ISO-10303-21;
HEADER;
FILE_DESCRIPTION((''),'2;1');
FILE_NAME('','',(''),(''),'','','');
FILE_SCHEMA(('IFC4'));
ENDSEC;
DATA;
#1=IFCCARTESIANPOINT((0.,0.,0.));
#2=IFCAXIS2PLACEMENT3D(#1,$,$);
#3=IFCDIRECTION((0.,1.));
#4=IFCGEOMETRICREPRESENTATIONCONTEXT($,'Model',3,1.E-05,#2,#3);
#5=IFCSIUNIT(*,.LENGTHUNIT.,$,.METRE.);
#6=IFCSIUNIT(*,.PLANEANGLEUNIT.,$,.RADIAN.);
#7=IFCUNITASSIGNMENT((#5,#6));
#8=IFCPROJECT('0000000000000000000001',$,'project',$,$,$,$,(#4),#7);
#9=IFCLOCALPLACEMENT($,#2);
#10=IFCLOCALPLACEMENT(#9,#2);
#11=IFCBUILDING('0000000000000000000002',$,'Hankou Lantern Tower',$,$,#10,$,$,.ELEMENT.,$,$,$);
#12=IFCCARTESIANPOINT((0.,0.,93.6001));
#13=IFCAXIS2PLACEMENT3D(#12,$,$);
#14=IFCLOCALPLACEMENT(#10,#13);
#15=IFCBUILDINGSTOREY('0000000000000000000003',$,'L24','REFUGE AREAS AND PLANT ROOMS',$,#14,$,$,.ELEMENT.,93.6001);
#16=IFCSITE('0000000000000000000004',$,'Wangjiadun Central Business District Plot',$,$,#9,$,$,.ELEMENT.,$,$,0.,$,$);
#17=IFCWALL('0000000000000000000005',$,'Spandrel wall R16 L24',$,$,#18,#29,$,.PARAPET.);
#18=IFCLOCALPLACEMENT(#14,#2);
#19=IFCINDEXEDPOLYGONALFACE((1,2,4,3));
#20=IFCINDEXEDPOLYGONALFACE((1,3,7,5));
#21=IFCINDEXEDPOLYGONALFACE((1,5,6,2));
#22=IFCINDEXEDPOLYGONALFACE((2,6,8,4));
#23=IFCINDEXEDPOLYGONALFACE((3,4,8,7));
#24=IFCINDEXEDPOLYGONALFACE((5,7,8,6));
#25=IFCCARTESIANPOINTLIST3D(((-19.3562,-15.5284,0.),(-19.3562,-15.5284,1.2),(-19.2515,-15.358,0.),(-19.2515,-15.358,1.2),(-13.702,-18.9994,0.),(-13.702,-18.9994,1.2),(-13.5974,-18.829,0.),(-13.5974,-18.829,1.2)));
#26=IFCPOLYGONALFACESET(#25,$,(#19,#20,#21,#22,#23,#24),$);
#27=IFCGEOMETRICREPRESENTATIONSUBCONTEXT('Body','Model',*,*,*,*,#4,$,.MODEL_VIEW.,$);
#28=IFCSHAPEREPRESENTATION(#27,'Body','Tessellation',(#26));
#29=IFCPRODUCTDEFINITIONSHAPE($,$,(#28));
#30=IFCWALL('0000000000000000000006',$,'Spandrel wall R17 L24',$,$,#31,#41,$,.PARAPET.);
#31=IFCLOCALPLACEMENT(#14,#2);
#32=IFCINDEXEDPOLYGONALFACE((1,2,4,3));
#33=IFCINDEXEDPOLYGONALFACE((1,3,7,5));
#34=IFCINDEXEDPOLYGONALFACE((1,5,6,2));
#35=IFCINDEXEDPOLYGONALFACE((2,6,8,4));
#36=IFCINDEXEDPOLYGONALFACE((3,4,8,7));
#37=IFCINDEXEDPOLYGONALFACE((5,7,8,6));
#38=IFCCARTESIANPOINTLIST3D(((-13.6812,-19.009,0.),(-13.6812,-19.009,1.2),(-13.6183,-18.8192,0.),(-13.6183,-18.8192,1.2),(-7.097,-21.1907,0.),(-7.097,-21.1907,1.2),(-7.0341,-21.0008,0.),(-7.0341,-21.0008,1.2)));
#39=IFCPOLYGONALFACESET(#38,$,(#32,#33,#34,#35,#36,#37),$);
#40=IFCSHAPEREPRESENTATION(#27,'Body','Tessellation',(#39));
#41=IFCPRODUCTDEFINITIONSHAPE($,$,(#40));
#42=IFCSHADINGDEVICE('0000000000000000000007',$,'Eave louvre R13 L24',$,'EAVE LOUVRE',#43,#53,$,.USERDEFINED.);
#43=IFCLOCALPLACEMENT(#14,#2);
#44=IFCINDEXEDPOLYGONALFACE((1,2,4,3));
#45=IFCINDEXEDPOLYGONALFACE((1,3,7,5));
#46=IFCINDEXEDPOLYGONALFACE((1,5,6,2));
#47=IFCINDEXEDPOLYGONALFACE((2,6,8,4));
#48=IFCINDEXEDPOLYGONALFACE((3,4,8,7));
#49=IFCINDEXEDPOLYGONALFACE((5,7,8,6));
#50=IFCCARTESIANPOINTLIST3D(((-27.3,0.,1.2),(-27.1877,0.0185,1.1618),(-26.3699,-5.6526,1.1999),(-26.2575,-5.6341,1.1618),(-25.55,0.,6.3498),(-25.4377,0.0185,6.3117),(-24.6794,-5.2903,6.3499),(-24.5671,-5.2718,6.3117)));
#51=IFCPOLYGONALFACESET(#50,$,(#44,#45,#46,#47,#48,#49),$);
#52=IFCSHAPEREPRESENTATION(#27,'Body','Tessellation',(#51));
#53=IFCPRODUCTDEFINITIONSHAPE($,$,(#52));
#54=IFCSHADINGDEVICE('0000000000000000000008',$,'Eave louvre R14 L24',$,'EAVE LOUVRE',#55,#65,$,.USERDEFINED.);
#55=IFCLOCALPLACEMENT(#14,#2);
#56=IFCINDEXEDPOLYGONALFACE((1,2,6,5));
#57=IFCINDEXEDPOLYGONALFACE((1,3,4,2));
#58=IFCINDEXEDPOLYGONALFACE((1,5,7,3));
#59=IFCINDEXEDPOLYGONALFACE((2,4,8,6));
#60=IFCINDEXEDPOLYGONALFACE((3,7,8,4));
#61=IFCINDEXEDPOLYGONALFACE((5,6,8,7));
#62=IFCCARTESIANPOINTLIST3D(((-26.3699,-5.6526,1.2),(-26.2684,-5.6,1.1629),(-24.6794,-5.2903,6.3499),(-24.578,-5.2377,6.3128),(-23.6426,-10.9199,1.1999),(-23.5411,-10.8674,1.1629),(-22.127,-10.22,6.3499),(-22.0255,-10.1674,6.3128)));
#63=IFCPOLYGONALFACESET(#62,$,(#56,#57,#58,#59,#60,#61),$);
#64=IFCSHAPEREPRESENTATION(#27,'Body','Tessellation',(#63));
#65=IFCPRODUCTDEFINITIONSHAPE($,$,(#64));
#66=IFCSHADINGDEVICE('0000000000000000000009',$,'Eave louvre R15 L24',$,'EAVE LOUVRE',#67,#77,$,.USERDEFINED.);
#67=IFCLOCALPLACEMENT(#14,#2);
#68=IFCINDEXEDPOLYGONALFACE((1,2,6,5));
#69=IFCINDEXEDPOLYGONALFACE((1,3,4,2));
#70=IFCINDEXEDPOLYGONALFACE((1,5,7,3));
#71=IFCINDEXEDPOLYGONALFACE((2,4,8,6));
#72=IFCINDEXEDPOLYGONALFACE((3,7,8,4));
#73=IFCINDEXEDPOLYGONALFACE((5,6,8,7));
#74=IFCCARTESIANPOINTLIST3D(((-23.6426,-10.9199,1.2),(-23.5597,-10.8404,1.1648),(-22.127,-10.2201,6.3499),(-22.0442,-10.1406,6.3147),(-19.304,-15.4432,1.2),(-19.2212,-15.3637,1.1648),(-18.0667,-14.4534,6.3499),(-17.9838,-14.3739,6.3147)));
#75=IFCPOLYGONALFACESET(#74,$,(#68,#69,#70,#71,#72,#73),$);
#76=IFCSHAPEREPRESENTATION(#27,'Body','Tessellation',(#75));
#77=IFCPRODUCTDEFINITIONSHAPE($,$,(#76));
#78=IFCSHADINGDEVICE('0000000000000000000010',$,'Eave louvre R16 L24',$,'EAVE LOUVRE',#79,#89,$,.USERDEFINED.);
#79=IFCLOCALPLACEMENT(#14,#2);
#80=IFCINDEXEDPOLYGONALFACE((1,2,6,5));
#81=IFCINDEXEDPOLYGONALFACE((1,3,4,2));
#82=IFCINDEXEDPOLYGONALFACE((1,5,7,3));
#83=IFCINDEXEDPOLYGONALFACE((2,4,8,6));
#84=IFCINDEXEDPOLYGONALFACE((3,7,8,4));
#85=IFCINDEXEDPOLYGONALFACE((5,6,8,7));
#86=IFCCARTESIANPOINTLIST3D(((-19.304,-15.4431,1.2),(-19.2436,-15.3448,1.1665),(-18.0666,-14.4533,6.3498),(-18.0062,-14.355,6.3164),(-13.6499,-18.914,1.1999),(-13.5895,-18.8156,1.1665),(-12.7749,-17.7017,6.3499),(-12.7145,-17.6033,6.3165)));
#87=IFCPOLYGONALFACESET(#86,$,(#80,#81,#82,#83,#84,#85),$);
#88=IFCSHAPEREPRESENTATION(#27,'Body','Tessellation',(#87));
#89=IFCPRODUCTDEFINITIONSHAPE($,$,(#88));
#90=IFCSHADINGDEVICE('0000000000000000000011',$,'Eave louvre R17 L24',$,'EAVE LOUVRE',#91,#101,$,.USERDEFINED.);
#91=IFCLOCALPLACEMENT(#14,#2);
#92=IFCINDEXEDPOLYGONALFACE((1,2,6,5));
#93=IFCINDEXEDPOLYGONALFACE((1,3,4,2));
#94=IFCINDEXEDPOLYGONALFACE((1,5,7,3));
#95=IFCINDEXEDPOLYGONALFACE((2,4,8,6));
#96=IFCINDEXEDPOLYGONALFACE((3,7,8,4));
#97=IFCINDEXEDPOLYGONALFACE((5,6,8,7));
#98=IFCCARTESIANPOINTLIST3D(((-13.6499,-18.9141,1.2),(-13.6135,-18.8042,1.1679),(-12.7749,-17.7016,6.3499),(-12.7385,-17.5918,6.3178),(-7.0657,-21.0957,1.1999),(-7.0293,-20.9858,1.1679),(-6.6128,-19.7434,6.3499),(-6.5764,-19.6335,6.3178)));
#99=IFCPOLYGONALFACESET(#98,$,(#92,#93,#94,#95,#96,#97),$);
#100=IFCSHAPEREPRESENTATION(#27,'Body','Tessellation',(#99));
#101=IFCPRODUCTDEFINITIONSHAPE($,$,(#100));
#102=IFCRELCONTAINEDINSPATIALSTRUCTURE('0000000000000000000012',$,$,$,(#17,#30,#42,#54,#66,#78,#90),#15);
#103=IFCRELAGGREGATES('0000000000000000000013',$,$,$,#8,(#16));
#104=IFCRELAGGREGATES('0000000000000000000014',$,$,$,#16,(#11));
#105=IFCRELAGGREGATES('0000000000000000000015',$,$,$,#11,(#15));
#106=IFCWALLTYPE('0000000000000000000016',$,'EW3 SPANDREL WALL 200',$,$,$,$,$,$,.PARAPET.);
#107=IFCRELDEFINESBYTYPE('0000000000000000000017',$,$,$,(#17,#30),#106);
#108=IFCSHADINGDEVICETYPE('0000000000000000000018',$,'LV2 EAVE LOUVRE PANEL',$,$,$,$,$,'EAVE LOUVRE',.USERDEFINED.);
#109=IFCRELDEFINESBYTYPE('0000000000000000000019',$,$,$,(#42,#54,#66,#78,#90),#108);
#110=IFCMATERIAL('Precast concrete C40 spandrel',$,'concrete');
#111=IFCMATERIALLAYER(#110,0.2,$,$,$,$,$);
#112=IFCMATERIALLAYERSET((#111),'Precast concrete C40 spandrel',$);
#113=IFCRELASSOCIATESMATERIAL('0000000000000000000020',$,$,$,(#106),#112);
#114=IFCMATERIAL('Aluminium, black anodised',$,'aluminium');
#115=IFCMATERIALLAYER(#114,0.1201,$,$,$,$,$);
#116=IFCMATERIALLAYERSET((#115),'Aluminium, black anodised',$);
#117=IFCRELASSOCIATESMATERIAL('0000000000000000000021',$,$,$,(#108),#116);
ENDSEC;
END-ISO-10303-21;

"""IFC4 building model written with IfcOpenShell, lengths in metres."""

from ifc_helpers import new_model, si_unit, direction, frame, frame_2d, origin, place, context, subcontext, project, spatial, polyline, rectangle, outline, extrude, material, layer, layer_set, type_object, element, save


model = new_model("IFC4")

# Units and contexts
model_context = context("Model", 3, precision=1e-05, world=origin(), true_north=direction((0.0, 1.0)))
body_context = subcontext(model_context, "Body", "Model", "MODEL_VIEW")
ifc_project = project(units=[si_unit("LENGTHUNIT", "METRE"), si_unit("PLANEANGLEUNIT", "RADIAN")], contexts=[model_context])

# Site, building, storey
site_placement = place(None, origin())
site = spatial("IfcSite", under=ifc_project, at=site_placement, Name="Wangjiadun Central Business District Plot", CompositionType="ELEMENT", RefElevation=0.0)
building_placement = place(site_placement, origin())
building = spatial("IfcBuilding", under=site, at=building_placement, Name="Hankou Lantern Tower", CompositionType="ELEMENT")
storey_placement = place(building_placement, frame((0.0, 0.0, 93.6001)))
storey = spatial("IfcBuildingStorey", under=building, at=storey_placement, Name="L24", Description="REFUGE AREAS AND PLANT ROOMS", CompositionType="ELEMENT", Elevation=93.6001)

# Walls
ifc_material_1 = material(Name="Precast concrete C40 spandrel", Category="concrete")
ifc_layer_1 = layer(ifc_material_1, 0.2)
ifc_layer_set_1 = layer_set([ifc_layer_1], Name="Precast concrete C40 spandrel")
wall_type = type_object("IfcWallType", Name="EW3 SPANDREL WALL 200", PredefinedType="PARAPET", material=ifc_layer_set_1)
wall_1_placement = place(storey_placement, frame((-19.304, -15.4431, 0.0), z_axis=(0.0, 0.0, 1.0), x_axis=(0.852228, -0.523171, 0.0)))
element("IfcWall", 1, at=wall_1_placement, inside=storey, type_object=wall_type, Name="Spandrel wall R16 L24", PredefinedType="PARAPET", context=body_context, shape_type="SweptSolid", body=[
    extrude(rectangle(XDim=6.6345, YDim=0.2, at=frame_2d((3.3174, 0.0))), origin(), (0.0, 0.0, 1.0), 1.2),
])
wall_2_placement = place(storey_placement, frame((-13.6499, -18.9141, 0.0), z_axis=(0.0, 0.0, 1.0), x_axis=(0.949248, -0.314527, 0.0)))
element("IfcWall", 2, at=wall_2_placement, inside=storey, type_object=wall_type, Name="Spandrel wall R17 L24", PredefinedType="PARAPET", context=body_context, shape_type="SweptSolid", body=[
    extrude(rectangle(XDim=6.9363, YDim=0.2, at=frame_2d((3.4683, 0.0))), origin(), (0.0, 0.0, 1.0), 1.2),
])

# Shading devices
ifc_material_2 = material(Name="Aluminium, black anodised", Category="aluminium")
ifc_layer_2 = layer(ifc_material_2, 0.1201)
ifc_layer_set_2 = layer_set([ifc_layer_2], Name="Aluminium, black anodised")
shading_device_type = type_object("IfcShadingDeviceType", Name="LV2 EAVE LOUVRE PANEL", ElementType="EAVE LOUVRE", PredefinedType="USERDEFINED", material=ifc_layer_set_2)
shading_device_1_placement = place(storey_placement, frame((-27.3, 0.0, 1.2), z_axis=(-0.935537, -0.153954, 0.317912), x_axis=(0.162378, -0.986729, -0.000001)))
element("IfcShadingDevice", 3, at=shading_device_1_placement, inside=storey, type_object=shading_device_type, Name="Eave louvre R13 L24", ObjectType="EAVE LOUVRE", PredefinedType="USERDEFINED", context=body_context, shape_type="SweptSolid", body=[
    extrude(outline(polyline([(0.0, 0.0), (5.7286, 0.0), (5.6456, 5.4317), (0.2842, 5.4317), (0.0, 0.0)])), origin(), (0.0, 0.0, -1.0), 0.1201),
])
shading_device_2_placement = place(storey_placement, frame((-26.3699, -5.6526, 1.2), z_axis=(-0.844828, -0.437433, 0.308087), x_axis=(0.459798, -0.888023, 0.0)))
element("IfcShadingDevice", 4, at=shading_device_2_placement, inside=storey, type_object=shading_device_type, Name="Eave louvre R14 L24", ObjectType="EAVE LOUVRE", PredefinedType="USERDEFINED", context=body_context, shape_type="SweptSolid", body=[
    extrude(outline(polyline([(0.0, 0.0), (5.9315, 0.0), (6.0068, 5.4132), (0.4555, 5.4132), (0.0, 0.0)])), origin(), (0.0, 0.0, -1.0), 0.1201),
])
shading_device_3_placement = place(storey_placement, frame((-23.6426, -10.9199, 1.2), z_axis=(-0.690018, -0.661834, 0.293003), x_axis=(0.692216, -0.721691, 0.000006)))
element("IfcShadingDevice", 5, at=shading_device_3_placement, inside=storey, type_object=shading_device_type, Name="Eave louvre R15 L24", ObjectType="EAVE LOUVRE", PredefinedType="USERDEFINED", context=body_context, shape_type="SweptSolid", body=[
    extrude(outline(polyline([(0.0, 0.0), (6.2676, 0.0), (6.4098, 5.3863), (0.544, 5.3863), (0.0, 0.0)])), origin(), (0.0, 0.0, -1.0), 0.1201),
])
shading_device_4_placement = place(storey_placement, frame((-19.304, -15.4431, 1.2), z_axis=(-0.502522, -0.818621, 0.278084), x_axis=(0.852235, -0.523158, -0.000004)))
element("IfcShadingDevice", 6, at=shading_device_4_placement, inside=storey, type_object=shading_device_type, Name="Eave louvre R16 L24", ObjectType="EAVE LOUVRE", PredefinedType="USERDEFINED", context=body_context, shape_type="SweptSolid", body=[
    extrude(outline(polyline([(0.0, 0.0), (6.6344, 0.0), (6.7458, 5.3614), (0.5367, 5.3613), (0.0, 0.0)])), origin(), (0.0, 0.0, -1.0), 0.1201),
])
shading_device_5_placement = place(storey_placement, frame((-13.6499, -18.9141, 1.2), z_axis=(-0.303118, -0.914821, 0.266873), x_axis=(0.949249, -0.314526, 0.0)))
element("IfcShadingDevice", 7, at=shading_device_5_placement, inside=storey, type_object=shading_device_type, Name="Eave louvre R17 L24", ObjectType="EAVE LOUVRE", PredefinedType="USERDEFINED", context=body_context, shape_type="SweptSolid", body=[
    extrude(outline(polyline([(0.0, 0.0), (6.9363, 0.0), (6.9408, 5.3437), (0.4493, 5.3437), (0.0, 0.0)])), origin(), (0.0, 0.0, -1.0), 0.1201),
])

save(model, "model.ifc")
